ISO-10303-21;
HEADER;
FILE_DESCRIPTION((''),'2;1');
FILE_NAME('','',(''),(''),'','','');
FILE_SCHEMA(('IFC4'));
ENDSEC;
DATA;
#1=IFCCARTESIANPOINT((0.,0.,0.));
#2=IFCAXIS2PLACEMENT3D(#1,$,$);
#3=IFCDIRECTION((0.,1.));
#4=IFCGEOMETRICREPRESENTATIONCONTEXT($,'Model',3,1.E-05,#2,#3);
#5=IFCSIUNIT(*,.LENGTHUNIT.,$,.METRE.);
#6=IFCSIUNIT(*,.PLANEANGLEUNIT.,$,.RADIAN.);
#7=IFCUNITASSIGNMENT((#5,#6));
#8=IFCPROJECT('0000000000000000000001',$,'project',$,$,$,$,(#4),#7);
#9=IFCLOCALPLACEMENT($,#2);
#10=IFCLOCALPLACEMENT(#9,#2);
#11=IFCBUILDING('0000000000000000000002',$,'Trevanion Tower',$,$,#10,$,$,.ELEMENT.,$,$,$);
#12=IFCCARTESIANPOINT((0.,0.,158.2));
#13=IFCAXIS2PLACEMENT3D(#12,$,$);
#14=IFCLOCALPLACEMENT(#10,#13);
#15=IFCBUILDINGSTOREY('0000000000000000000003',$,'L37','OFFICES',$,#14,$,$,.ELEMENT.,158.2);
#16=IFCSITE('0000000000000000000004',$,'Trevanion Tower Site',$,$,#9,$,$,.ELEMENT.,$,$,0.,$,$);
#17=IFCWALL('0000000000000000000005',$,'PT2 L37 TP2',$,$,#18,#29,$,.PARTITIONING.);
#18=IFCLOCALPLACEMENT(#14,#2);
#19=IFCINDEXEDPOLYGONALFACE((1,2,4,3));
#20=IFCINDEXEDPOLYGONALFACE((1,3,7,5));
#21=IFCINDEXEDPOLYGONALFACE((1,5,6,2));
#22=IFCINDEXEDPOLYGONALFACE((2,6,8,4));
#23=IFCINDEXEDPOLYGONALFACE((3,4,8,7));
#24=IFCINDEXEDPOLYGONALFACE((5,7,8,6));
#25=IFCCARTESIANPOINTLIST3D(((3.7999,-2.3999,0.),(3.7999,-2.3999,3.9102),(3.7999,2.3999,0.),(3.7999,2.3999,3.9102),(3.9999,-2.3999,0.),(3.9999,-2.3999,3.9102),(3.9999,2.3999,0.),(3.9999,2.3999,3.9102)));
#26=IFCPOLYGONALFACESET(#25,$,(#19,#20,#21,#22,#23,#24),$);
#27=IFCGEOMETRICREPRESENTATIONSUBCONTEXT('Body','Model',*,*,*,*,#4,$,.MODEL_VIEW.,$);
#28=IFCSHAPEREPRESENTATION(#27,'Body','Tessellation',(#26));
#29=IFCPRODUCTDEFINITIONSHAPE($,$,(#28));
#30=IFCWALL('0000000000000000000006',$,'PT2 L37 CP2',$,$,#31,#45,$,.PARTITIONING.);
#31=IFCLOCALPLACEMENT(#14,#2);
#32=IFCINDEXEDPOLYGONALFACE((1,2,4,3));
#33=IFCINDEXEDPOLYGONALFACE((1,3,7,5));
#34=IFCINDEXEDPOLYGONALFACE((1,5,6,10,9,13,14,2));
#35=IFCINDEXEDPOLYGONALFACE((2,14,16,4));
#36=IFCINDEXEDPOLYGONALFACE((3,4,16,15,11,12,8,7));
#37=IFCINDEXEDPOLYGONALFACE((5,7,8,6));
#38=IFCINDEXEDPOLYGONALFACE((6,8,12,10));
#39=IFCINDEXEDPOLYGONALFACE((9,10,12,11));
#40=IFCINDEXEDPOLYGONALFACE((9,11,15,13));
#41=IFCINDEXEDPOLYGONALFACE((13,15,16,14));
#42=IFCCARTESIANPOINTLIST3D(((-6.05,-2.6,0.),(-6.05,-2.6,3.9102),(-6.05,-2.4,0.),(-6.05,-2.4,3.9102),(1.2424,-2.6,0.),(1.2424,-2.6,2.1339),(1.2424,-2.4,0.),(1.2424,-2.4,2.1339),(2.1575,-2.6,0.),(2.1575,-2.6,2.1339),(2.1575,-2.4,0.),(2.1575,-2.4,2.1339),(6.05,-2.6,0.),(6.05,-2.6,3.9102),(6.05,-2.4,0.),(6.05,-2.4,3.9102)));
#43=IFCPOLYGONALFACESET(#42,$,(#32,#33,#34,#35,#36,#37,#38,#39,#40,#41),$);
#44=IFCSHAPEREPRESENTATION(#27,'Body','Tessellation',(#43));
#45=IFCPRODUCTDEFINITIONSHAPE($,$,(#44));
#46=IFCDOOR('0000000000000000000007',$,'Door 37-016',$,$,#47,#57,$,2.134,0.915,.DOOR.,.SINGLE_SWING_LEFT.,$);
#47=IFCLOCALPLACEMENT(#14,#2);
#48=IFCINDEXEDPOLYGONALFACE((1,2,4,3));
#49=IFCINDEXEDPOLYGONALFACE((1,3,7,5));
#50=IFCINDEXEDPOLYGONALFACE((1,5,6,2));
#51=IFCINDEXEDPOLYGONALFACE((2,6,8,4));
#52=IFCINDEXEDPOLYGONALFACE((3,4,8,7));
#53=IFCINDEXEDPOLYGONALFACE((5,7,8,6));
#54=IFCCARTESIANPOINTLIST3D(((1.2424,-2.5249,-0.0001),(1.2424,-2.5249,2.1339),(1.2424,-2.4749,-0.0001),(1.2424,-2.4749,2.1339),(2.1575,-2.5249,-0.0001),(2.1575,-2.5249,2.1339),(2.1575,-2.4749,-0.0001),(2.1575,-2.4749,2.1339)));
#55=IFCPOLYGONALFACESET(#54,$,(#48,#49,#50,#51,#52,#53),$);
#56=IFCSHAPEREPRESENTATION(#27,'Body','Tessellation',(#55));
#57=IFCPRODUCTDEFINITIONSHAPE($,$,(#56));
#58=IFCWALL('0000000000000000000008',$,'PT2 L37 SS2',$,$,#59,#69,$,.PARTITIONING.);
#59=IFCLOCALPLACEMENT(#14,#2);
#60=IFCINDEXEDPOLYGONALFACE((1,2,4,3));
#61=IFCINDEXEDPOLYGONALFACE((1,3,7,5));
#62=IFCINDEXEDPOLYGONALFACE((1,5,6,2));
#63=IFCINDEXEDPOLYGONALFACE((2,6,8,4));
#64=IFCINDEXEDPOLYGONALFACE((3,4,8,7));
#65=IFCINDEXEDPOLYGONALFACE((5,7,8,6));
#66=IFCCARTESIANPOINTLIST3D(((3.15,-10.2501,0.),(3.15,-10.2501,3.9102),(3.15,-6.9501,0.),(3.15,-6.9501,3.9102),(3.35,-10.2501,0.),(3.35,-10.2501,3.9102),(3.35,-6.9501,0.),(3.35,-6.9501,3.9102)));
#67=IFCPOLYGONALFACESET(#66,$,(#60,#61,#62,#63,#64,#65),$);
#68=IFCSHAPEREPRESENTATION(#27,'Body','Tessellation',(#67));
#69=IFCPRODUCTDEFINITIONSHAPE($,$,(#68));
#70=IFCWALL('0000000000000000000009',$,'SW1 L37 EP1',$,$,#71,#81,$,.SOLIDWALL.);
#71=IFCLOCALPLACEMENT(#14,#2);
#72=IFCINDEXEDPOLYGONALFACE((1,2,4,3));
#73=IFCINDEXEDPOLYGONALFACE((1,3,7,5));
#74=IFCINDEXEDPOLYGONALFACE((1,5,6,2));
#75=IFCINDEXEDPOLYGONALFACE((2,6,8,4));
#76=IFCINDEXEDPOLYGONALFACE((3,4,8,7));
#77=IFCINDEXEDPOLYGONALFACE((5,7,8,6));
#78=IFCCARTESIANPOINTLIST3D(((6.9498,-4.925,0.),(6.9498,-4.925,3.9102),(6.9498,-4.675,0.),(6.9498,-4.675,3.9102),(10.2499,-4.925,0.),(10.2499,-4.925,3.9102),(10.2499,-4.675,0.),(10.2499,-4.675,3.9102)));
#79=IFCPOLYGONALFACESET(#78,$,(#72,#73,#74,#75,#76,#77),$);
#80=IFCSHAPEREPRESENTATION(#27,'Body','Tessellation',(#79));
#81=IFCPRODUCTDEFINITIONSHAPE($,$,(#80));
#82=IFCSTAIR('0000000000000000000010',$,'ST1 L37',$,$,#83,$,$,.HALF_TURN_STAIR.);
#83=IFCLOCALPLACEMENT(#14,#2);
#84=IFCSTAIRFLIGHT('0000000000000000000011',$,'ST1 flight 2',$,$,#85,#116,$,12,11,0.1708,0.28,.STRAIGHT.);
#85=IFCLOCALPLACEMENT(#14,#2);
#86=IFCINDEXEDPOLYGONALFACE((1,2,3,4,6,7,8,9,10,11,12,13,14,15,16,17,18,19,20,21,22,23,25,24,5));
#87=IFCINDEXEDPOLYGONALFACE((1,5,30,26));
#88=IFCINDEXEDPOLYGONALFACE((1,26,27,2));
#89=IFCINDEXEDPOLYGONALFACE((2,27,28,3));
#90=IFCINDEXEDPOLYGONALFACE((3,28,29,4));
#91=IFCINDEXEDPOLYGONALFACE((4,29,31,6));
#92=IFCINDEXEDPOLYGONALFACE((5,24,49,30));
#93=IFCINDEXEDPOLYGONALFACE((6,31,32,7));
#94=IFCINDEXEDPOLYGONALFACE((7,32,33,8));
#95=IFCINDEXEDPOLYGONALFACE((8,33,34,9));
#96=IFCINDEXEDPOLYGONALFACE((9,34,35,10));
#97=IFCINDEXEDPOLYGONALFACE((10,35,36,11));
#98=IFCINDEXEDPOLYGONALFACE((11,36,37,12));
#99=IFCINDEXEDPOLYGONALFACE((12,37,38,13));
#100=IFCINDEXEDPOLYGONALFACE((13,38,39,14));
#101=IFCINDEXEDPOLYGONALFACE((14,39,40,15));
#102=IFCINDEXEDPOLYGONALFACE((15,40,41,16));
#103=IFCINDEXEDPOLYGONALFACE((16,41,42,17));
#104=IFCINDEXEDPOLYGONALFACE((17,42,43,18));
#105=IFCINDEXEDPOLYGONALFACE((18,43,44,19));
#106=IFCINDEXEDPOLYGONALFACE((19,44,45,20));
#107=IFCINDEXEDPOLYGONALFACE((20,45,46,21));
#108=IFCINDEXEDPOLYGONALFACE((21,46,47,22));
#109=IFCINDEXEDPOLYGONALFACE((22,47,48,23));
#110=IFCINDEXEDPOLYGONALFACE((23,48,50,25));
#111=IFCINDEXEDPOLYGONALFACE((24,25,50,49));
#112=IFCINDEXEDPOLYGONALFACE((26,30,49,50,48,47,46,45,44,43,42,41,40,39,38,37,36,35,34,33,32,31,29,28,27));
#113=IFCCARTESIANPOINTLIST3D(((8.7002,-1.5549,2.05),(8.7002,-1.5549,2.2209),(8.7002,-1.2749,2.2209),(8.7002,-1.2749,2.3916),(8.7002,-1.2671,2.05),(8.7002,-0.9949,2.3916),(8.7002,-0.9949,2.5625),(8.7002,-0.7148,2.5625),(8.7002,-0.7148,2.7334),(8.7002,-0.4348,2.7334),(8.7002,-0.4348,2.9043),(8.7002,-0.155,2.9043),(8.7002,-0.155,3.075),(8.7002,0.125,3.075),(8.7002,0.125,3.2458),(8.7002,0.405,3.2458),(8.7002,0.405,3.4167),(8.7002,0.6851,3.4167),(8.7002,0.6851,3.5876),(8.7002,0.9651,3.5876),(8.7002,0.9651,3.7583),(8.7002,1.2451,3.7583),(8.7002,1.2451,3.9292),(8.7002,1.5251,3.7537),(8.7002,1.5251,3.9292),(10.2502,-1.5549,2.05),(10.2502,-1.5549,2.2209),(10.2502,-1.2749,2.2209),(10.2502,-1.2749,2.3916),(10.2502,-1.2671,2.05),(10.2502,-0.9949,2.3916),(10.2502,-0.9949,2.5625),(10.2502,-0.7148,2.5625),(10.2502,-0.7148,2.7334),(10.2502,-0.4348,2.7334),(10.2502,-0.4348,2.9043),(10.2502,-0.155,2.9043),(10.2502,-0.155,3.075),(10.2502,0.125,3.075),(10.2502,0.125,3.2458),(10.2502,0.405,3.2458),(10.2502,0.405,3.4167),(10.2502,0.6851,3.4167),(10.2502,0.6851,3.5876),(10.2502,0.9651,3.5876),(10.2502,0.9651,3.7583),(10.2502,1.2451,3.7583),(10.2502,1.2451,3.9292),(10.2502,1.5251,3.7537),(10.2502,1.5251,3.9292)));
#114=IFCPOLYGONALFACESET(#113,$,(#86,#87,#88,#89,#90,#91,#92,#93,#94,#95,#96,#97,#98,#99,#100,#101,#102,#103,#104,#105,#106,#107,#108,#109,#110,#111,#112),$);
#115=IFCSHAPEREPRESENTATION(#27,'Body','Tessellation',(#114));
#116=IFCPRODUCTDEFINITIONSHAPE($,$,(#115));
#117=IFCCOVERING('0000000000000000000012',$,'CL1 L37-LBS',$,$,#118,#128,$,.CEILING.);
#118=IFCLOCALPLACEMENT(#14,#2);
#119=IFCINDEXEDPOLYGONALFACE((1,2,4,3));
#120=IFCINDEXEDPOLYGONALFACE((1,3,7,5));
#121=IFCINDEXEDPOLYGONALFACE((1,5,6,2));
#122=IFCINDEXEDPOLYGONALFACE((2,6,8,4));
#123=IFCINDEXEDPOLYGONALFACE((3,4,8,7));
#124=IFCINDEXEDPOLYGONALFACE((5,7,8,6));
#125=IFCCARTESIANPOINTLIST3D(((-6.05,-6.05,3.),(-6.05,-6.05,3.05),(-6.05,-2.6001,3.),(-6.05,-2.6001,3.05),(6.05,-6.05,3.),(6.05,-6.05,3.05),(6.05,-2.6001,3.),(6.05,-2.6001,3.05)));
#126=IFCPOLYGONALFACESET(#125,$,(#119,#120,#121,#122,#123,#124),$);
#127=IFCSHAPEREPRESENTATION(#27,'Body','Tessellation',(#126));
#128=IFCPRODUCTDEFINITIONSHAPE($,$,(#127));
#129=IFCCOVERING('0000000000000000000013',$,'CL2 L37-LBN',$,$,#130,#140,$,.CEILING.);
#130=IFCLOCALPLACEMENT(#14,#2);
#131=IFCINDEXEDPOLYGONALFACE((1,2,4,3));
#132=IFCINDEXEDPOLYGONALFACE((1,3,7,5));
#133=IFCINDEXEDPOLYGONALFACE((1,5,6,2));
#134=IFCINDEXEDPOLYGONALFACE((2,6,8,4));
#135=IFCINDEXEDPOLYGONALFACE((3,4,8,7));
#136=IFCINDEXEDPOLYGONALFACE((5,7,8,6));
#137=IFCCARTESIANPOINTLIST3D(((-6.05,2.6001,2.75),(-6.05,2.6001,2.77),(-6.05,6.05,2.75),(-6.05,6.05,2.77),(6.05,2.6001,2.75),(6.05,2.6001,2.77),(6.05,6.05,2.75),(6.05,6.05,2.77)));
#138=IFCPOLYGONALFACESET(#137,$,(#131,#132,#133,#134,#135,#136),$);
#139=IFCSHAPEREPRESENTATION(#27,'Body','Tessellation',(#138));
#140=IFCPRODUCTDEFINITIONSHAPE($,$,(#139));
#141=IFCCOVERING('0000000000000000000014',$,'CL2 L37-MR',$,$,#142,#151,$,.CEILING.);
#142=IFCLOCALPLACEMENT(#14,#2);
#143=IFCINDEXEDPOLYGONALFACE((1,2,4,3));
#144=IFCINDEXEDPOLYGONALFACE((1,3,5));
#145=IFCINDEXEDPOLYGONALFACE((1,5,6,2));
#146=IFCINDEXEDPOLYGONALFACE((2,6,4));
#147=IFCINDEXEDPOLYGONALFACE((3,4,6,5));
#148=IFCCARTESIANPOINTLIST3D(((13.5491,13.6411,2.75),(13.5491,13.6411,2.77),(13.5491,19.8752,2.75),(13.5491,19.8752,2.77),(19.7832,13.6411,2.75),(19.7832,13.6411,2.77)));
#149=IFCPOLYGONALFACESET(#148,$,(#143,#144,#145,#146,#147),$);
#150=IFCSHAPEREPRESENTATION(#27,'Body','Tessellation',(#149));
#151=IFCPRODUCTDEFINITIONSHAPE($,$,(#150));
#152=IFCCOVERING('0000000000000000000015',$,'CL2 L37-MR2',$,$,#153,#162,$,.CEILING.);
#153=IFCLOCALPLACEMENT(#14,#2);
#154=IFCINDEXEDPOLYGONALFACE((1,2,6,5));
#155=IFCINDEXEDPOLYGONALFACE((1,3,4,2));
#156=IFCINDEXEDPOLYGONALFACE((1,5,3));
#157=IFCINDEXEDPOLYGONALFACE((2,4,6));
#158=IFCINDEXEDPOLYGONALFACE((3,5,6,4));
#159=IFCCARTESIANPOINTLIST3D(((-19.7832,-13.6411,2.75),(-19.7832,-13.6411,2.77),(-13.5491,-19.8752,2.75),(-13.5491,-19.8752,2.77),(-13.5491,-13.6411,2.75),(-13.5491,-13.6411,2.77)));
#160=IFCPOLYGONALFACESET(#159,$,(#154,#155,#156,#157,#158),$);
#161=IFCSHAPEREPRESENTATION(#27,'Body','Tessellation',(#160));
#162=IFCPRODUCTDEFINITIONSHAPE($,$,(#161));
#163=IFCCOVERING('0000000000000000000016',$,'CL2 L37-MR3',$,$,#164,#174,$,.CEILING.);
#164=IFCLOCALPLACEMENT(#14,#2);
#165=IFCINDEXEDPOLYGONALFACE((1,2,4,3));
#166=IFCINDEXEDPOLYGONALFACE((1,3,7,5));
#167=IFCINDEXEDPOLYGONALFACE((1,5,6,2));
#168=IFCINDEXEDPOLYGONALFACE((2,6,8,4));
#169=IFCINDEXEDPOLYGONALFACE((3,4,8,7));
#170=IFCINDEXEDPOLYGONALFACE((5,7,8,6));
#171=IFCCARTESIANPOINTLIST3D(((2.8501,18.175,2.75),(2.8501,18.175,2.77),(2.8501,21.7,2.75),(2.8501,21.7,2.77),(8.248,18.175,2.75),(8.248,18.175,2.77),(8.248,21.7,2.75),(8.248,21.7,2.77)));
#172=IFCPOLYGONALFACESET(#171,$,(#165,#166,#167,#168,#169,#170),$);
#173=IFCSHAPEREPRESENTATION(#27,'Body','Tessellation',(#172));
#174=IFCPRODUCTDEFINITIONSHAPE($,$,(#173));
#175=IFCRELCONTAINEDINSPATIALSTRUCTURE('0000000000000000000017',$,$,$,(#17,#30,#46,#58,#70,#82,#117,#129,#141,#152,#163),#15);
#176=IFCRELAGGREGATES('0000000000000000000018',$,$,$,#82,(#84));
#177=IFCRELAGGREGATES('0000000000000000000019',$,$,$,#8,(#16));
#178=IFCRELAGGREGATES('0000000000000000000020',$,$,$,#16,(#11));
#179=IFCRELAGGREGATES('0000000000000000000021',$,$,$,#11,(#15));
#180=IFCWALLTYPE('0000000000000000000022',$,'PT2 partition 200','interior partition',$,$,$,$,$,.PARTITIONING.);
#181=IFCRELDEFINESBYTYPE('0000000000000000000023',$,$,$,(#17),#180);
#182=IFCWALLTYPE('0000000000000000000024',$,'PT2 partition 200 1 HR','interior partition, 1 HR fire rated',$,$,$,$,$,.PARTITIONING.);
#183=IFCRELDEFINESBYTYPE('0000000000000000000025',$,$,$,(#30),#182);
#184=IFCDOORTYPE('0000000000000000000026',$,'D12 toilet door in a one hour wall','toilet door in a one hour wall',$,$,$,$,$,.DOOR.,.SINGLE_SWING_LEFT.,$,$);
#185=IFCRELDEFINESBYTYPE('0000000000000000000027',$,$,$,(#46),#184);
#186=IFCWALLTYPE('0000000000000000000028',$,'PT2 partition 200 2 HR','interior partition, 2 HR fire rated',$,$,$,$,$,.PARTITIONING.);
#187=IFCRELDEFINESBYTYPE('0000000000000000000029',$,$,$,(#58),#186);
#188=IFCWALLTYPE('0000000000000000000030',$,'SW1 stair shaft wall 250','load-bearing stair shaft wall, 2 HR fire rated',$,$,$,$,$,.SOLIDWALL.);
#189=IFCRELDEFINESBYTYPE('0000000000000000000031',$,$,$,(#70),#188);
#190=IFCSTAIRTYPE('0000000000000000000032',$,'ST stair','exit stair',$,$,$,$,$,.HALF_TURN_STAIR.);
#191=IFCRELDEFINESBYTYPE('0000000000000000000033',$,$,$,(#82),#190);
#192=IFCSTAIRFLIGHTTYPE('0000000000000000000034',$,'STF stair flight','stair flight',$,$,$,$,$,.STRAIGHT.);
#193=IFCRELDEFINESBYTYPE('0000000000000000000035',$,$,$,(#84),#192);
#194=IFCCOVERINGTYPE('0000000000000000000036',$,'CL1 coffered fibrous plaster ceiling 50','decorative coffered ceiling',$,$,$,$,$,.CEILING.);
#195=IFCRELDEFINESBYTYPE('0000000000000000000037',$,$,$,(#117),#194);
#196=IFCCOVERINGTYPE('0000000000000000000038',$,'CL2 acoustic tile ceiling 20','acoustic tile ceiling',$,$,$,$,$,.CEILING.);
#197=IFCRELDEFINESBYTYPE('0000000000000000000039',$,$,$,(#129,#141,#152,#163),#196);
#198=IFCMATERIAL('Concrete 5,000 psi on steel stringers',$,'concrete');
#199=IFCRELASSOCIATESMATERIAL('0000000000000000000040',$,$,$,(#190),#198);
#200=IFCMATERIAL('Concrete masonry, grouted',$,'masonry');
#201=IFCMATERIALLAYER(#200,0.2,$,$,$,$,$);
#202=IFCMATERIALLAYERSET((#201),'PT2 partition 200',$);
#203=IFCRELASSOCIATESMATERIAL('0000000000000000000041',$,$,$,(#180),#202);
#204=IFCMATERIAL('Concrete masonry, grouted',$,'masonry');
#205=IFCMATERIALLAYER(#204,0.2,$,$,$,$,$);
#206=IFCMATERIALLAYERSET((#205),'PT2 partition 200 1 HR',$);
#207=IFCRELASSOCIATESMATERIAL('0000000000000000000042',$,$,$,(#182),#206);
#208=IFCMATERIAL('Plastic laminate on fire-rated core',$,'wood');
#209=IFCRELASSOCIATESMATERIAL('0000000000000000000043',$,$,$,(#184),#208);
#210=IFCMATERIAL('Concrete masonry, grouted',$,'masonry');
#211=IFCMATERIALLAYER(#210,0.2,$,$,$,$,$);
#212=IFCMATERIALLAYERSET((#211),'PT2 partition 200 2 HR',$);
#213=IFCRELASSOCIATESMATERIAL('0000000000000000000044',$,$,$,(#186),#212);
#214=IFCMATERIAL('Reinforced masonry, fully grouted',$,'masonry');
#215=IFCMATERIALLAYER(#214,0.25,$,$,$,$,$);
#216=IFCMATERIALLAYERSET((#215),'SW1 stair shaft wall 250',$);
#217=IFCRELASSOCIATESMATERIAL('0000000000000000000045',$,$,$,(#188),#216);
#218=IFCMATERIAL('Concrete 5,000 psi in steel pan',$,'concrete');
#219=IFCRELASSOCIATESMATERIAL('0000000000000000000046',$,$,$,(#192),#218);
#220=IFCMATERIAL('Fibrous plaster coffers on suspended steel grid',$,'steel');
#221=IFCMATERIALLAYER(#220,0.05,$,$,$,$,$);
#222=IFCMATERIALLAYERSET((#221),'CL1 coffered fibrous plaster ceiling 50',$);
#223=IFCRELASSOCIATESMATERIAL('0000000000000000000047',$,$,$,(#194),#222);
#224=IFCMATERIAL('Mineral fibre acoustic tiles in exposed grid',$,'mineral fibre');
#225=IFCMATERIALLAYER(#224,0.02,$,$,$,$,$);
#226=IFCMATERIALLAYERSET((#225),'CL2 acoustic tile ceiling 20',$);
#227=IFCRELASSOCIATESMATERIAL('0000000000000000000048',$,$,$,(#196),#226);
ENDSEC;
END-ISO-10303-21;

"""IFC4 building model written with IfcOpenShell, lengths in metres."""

from ifc_helpers import new_model, si_unit, direction, frame, frame_2d, origin, place, context, subcontext, project, spatial, polyline, rectangle, outline, extrude, material, layer, layer_set, type_object, element, fill, aggregate, save


model = new_model("IFC4")

# Units and contexts
model_context = context("Model", 3, precision=1e-05, world=origin(), true_north=direction((0.0, 1.0)))
body_context = subcontext(model_context, "Body", "Model", "MODEL_VIEW")
ifc_project = project(units=[si_unit("LENGTHUNIT", "METRE"), si_unit("PLANEANGLEUNIT", "RADIAN")], contexts=[model_context])

# Site, building, storey
site_placement = place(None, origin())
site = spatial("IfcSite", under=ifc_project, at=site_placement, Name="Trevanion Tower Site", CompositionType="ELEMENT", RefElevation=0.0)
building_placement = place(site_placement, origin())
building = spatial("IfcBuilding", under=site, at=building_placement, Name="Trevanion Tower", CompositionType="ELEMENT")
storey_placement = place(building_placement, frame((0.0, 0.0, 158.2)))
storey = spatial("IfcBuildingStorey", under=building, at=storey_placement, Name="L37", Description="OFFICES", CompositionType="ELEMENT", Elevation=158.2)

# Shared definitions
ifc_material_1 = material(Name="Concrete 5,000 psi on steel stringers", Category="concrete")
stair_type = type_object("IfcStairType", Name="ST stair", Description="exit stair", PredefinedType="HALF_TURN_STAIR", material=ifc_material_1)

# Wall
ifc_material_2 = material(Name="Concrete masonry, grouted", Category="masonry")
ifc_layer_1 = layer(ifc_material_2, 0.2)
ifc_layer_set_1 = layer_set([ifc_layer_1], Name="PT2 partition 200")
wall_type_1 = type_object("IfcWallType", Name="PT2 partition 200", Description="interior partition", PredefinedType="PARTITIONING", material=ifc_layer_set_1)
wall_1_placement = place(storey_placement, frame((3.8999, -2.3999, 0.0), z_axis=(0.0, 0.0, 1.0), x_axis=(0.0, 1.0, 0.0)))
element("IfcWall", 1, at=wall_1_placement, inside=storey, type_object=wall_type_1, Name="PT2 L37 TP2", PredefinedType="PARTITIONING", context=body_context, shape_type="SweptSolid", body=[
    extrude(rectangle(XDim=4.7998, YDim=0.2, at=frame_2d((2.3999, 0.0))), origin(), (0.0, 0.0, 1.0), 3.9102),
])

# Wall, opening, door
ifc_material_3 = material(Name="Concrete masonry, grouted", Category="masonry")
ifc_layer_2 = layer(ifc_material_3, 0.2)
ifc_layer_set_2 = layer_set([ifc_layer_2], Name="PT2 partition 200 1 HR")
wall_type_2 = type_object("IfcWallType", Name="PT2 partition 200 1 HR", Description="interior partition, 1 HR fire rated", PredefinedType="PARTITIONING", material=ifc_layer_set_2)
wall_2_placement = place(storey_placement, frame((6.05, -2.5, 0.0), z_axis=(0.0, 0.0, 1.0), x_axis=(-1.0, 0.0, 0.0)))
wall_2 = element("IfcWall", 2, at=wall_2_placement, inside=storey, type_object=wall_type_2, Name="PT2 L37 CP2", PredefinedType="PARTITIONING", context=body_context, shape_type="SweptSolid", body=[
    extrude(rectangle(XDim=12.1001, YDim=0.2, at=frame_2d((6.05, 0.0))), origin(), (0.0, 0.0, 1.0), 3.9102),
])
opening_1_placement = place(wall_2_placement, frame((3.8926, 0.0, 0.0)))
opening_1 = element("IfcOpeningElement", 3, at=opening_1_placement, cuts=wall_2, PredefinedType="OPENING", context=body_context, shape_type="SweptSolid", body=[
    extrude(rectangle(XDim=0.915, YDim=2.134, at=frame_2d((0.4575, 1.0669))), frame((0.0, 0.1099, 0.0), z_axis=(0.0, -1.0, 0.0), x_axis=(1.0, 0.0, 0.0)), (0.0, 0.0, 1.0), 0.22),
])
ifc_material_4 = material(Name="Plastic laminate on fire-rated core", Category="wood")
door_type_1 = type_object("IfcDoorType", Name="D12 toilet door in a one hour wall", Description="toilet door in a one hour wall", OperationType="SINGLE_SWING_LEFT", PredefinedType="DOOR", material=ifc_material_4)
door_1_placement = place(opening_1_placement, origin())
door_1 = element("IfcDoor", 4, at=door_1_placement, inside=storey, type_object=door_type_1, Name="Door 37-016", OperationType="SINGLE_SWING_LEFT", OverallHeight=2.134, OverallWidth=0.915, PredefinedType="DOOR", context=body_context, shape_type="SweptSolid", body=[
    extrude(rectangle(XDim=0.915, YDim=2.134, at=frame_2d((0.4575, 1.0669))), frame((0.0, 0.0249, 0.0), z_axis=(0.0, -1.0, 0.0), x_axis=(1.0, 0.0, 0.0)), (0.0, 0.0, 1.0), 0.05),
])
fill(opening_1, door_1)

# Walls
ifc_material_5 = material(Name="Concrete masonry, grouted", Category="masonry")
ifc_layer_3 = layer(ifc_material_5, 0.2)
ifc_layer_set_3 = layer_set([ifc_layer_3], Name="PT2 partition 200 2 HR")
wall_type_3 = type_object("IfcWallType", Name="PT2 partition 200 2 HR", Description="interior partition, 2 HR fire rated", PredefinedType="PARTITIONING", material=ifc_layer_set_3)
wall_3_placement = place(storey_placement, frame((3.25, -10.25, 0.0), z_axis=(0.0, 0.0, 1.0), x_axis=(0.0, 1.0, 0.0)))
element("IfcWall", 5, at=wall_3_placement, inside=storey, type_object=wall_type_3, Name="PT2 L37 SS2", PredefinedType="PARTITIONING", context=body_context, shape_type="SweptSolid", body=[
    extrude(rectangle(XDim=3.3, YDim=0.2, at=frame_2d((1.6499, 0.0))), origin(), (0.0, 0.0, 1.0), 3.9102),
])
ifc_material_6 = material(Name="Reinforced masonry, fully grouted", Category="masonry")
ifc_layer_4 = layer(ifc_material_6, 0.25)
ifc_layer_set_4 = layer_set([ifc_layer_4], Name="SW1 stair shaft wall 250")
wall_type_4 = type_object("IfcWallType", Name="SW1 stair shaft wall 250", Description="load-bearing stair shaft wall, 2 HR fire rated", PredefinedType="SOLIDWALL", material=ifc_layer_set_4)
wall_4_placement = place(storey_placement, frame((6.95, -4.8, 0.0), z_axis=(0.0, 0.0, 1.0), x_axis=(1.0, 0.0, 0.0)))
element("IfcWall", 6, at=wall_4_placement, inside=storey, type_object=wall_type_4, Name="SW1 L37 EP1", PredefinedType="SOLIDWALL", context=body_context, shape_type="SweptSolid", body=[
    extrude(rectangle(XDim=3.3, YDim=0.25, at=frame_2d((1.6499, 0.0))), origin(), (0.0, 0.0, 1.0), 3.9102),
])

# Stair, stair flight
stair_1_placement = place(storey_placement, origin())
stair_1 = element("IfcStair", 7, at=stair_1_placement, inside=storey, type_object=stair_type, Name="ST1 L37", PredefinedType="HALF_TURN_STAIR")
ifc_material_7 = material(Name="Concrete 5,000 psi in steel pan", Category="concrete")
stair_flight_type = type_object("IfcStairFlightType", Name="STF stair flight", Description="stair flight", PredefinedType="STRAIGHT", material=ifc_material_7)
stair_flight_placement = place(storey_placement, frame((9.4751, -1.5549, 2.05), z_axis=(0.0, 0.0, 1.0), x_axis=(0.0, 1.0, 0.0)))
stair_flight = element("IfcStairFlight", 8, at=stair_flight_placement, type_object=stair_flight_type, Name="ST1 flight 2", NumberOfRisers=12, NumberOfTreads=11, PredefinedType="STRAIGHT", RiserHeight=0.1708, TreadLength=0.28, context=body_context, shape_type="SweptSolid", body=[
    extrude(outline(polyline([(0.0, 0.0), (0.0, 0.1709), (0.28, 0.1709), (0.28, 0.3416), (0.5601, 0.3416), (0.5601, 0.5125), (0.8401, 0.5125), (0.8401, 0.6833), (1.1201, 0.6833), (1.1201, 0.8542), (1.3999, 0.8542), (1.3999, 1.0249), (1.6799, 1.0249), (1.6799, 1.1958), (1.96, 1.1958), (1.96, 1.3667), (2.24, 1.3667), (2.24, 1.5376), (2.52, 1.5376), (2.52, 1.7083), (2.8, 1.7083), (2.8, 1.8792), (3.0801, 1.8792), (3.0801, 2.05), (3.0801, 1.7036), (0.2878, 0.0), (0.0, 0.0)])), frame((0.0, 0.7749, 0.0), z_axis=(0.0, -1.0, 0.0), x_axis=(1.0, 0.0, 0.0)), (0.0, 0.0, 1.0), 1.55),
])
aggregate(stair_1, [stair_flight])

# Coverings
ifc_material_8 = material(Name="Fibrous plaster coffers on suspended steel grid", Category="steel")
ifc_layer_5 = layer(ifc_material_8, 0.05)
ifc_layer_set_5 = layer_set([ifc_layer_5], Name="CL1 coffered fibrous plaster ceiling 50")
covering_type_1 = type_object("IfcCoveringType", Name="CL1 coffered fibrous plaster ceiling 50", Description="decorative coffered ceiling", PredefinedType="CEILING", material=ifc_layer_set_5)
covering_1_placement = place(storey_placement, frame((0.0, 0.0, 3.0)))
element("IfcCovering", 9, at=covering_1_placement, inside=storey, type_object=covering_type_1, Name="CL1 L37-LBS", PredefinedType="CEILING", context=body_context, shape_type="SweptSolid", body=[
    extrude(outline(polyline([(6.05, -6.05), (6.05, -2.6001), (-6.05, -2.6001), (-6.05, -6.05), (6.05, -6.05)])), origin(), (0.0, 0.0, 1.0), 0.05),
])
ifc_material_9 = material(Name="Mineral fibre acoustic tiles in exposed grid", Category="mineral fibre")
ifc_layer_6 = layer(ifc_material_9, 0.02)
ifc_layer_set_6 = layer_set([ifc_layer_6], Name="CL2 acoustic tile ceiling 20")
covering_type_2 = type_object("IfcCoveringType", Name="CL2 acoustic tile ceiling 20", Description="acoustic tile ceiling", PredefinedType="CEILING", material=ifc_layer_set_6)
covering_2_placement = place(storey_placement, frame((0.0, 0.0, 2.75)))
element("IfcCovering", 10, at=covering_2_placement, inside=storey, type_object=covering_type_2, Name="CL2 L37-LBN", PredefinedType="CEILING", context=body_context, shape_type="SweptSolid", body=[
    extrude(outline(polyline([(6.05, 2.6001), (6.05, 6.05), (-6.05, 6.05), (-6.05, 2.6001), (6.05, 2.6001)])), origin(), (0.0, 0.0, 1.0), 0.02),
])
covering_3_placement = place(storey_placement, frame((0.0, 0.0, 2.75)))
element("IfcCovering", 11, at=covering_3_placement, inside=storey, type_object=covering_type_2, Name="CL2 L37-MR", PredefinedType="CEILING", context=body_context, shape_type="SweptSolid", body=[
    extrude(outline(polyline([(13.5491, 19.8752), (19.7832, 13.6411), (13.5491, 13.6411), (13.5491, 19.8752)])), origin(), (0.0, 0.0, 1.0), 0.02),
])
covering_4_placement = place(storey_placement, frame((0.0, 0.0, 2.75)))
element("IfcCovering", 12, at=covering_4_placement, inside=storey, type_object=covering_type_2, Name="CL2 L37-MR2", PredefinedType="CEILING", context=body_context, shape_type="SweptSolid", body=[
    extrude(outline(polyline([(-13.5491, -19.8752), (-19.7832, -13.6411), (-13.5491, -13.6411), (-13.5491, -19.8752)])), origin(), (0.0, 0.0, 1.0), 0.02),
])
covering_5_placement = place(storey_placement, frame((0.0, 0.0, 2.75)))
element("IfcCovering", 13, at=covering_5_placement, inside=storey, type_object=covering_type_2, Name="CL2 L37-MR3", PredefinedType="CEILING", context=body_context, shape_type="SweptSolid", body=[
    extrude(outline(polyline([(8.248, 18.175), (2.8501, 18.175), (2.8501, 21.7), (8.248, 21.7), (8.248, 18.175)])), origin(), (0.0, 0.0, 1.0), 0.02),
])

save(model, "model.ifc")
